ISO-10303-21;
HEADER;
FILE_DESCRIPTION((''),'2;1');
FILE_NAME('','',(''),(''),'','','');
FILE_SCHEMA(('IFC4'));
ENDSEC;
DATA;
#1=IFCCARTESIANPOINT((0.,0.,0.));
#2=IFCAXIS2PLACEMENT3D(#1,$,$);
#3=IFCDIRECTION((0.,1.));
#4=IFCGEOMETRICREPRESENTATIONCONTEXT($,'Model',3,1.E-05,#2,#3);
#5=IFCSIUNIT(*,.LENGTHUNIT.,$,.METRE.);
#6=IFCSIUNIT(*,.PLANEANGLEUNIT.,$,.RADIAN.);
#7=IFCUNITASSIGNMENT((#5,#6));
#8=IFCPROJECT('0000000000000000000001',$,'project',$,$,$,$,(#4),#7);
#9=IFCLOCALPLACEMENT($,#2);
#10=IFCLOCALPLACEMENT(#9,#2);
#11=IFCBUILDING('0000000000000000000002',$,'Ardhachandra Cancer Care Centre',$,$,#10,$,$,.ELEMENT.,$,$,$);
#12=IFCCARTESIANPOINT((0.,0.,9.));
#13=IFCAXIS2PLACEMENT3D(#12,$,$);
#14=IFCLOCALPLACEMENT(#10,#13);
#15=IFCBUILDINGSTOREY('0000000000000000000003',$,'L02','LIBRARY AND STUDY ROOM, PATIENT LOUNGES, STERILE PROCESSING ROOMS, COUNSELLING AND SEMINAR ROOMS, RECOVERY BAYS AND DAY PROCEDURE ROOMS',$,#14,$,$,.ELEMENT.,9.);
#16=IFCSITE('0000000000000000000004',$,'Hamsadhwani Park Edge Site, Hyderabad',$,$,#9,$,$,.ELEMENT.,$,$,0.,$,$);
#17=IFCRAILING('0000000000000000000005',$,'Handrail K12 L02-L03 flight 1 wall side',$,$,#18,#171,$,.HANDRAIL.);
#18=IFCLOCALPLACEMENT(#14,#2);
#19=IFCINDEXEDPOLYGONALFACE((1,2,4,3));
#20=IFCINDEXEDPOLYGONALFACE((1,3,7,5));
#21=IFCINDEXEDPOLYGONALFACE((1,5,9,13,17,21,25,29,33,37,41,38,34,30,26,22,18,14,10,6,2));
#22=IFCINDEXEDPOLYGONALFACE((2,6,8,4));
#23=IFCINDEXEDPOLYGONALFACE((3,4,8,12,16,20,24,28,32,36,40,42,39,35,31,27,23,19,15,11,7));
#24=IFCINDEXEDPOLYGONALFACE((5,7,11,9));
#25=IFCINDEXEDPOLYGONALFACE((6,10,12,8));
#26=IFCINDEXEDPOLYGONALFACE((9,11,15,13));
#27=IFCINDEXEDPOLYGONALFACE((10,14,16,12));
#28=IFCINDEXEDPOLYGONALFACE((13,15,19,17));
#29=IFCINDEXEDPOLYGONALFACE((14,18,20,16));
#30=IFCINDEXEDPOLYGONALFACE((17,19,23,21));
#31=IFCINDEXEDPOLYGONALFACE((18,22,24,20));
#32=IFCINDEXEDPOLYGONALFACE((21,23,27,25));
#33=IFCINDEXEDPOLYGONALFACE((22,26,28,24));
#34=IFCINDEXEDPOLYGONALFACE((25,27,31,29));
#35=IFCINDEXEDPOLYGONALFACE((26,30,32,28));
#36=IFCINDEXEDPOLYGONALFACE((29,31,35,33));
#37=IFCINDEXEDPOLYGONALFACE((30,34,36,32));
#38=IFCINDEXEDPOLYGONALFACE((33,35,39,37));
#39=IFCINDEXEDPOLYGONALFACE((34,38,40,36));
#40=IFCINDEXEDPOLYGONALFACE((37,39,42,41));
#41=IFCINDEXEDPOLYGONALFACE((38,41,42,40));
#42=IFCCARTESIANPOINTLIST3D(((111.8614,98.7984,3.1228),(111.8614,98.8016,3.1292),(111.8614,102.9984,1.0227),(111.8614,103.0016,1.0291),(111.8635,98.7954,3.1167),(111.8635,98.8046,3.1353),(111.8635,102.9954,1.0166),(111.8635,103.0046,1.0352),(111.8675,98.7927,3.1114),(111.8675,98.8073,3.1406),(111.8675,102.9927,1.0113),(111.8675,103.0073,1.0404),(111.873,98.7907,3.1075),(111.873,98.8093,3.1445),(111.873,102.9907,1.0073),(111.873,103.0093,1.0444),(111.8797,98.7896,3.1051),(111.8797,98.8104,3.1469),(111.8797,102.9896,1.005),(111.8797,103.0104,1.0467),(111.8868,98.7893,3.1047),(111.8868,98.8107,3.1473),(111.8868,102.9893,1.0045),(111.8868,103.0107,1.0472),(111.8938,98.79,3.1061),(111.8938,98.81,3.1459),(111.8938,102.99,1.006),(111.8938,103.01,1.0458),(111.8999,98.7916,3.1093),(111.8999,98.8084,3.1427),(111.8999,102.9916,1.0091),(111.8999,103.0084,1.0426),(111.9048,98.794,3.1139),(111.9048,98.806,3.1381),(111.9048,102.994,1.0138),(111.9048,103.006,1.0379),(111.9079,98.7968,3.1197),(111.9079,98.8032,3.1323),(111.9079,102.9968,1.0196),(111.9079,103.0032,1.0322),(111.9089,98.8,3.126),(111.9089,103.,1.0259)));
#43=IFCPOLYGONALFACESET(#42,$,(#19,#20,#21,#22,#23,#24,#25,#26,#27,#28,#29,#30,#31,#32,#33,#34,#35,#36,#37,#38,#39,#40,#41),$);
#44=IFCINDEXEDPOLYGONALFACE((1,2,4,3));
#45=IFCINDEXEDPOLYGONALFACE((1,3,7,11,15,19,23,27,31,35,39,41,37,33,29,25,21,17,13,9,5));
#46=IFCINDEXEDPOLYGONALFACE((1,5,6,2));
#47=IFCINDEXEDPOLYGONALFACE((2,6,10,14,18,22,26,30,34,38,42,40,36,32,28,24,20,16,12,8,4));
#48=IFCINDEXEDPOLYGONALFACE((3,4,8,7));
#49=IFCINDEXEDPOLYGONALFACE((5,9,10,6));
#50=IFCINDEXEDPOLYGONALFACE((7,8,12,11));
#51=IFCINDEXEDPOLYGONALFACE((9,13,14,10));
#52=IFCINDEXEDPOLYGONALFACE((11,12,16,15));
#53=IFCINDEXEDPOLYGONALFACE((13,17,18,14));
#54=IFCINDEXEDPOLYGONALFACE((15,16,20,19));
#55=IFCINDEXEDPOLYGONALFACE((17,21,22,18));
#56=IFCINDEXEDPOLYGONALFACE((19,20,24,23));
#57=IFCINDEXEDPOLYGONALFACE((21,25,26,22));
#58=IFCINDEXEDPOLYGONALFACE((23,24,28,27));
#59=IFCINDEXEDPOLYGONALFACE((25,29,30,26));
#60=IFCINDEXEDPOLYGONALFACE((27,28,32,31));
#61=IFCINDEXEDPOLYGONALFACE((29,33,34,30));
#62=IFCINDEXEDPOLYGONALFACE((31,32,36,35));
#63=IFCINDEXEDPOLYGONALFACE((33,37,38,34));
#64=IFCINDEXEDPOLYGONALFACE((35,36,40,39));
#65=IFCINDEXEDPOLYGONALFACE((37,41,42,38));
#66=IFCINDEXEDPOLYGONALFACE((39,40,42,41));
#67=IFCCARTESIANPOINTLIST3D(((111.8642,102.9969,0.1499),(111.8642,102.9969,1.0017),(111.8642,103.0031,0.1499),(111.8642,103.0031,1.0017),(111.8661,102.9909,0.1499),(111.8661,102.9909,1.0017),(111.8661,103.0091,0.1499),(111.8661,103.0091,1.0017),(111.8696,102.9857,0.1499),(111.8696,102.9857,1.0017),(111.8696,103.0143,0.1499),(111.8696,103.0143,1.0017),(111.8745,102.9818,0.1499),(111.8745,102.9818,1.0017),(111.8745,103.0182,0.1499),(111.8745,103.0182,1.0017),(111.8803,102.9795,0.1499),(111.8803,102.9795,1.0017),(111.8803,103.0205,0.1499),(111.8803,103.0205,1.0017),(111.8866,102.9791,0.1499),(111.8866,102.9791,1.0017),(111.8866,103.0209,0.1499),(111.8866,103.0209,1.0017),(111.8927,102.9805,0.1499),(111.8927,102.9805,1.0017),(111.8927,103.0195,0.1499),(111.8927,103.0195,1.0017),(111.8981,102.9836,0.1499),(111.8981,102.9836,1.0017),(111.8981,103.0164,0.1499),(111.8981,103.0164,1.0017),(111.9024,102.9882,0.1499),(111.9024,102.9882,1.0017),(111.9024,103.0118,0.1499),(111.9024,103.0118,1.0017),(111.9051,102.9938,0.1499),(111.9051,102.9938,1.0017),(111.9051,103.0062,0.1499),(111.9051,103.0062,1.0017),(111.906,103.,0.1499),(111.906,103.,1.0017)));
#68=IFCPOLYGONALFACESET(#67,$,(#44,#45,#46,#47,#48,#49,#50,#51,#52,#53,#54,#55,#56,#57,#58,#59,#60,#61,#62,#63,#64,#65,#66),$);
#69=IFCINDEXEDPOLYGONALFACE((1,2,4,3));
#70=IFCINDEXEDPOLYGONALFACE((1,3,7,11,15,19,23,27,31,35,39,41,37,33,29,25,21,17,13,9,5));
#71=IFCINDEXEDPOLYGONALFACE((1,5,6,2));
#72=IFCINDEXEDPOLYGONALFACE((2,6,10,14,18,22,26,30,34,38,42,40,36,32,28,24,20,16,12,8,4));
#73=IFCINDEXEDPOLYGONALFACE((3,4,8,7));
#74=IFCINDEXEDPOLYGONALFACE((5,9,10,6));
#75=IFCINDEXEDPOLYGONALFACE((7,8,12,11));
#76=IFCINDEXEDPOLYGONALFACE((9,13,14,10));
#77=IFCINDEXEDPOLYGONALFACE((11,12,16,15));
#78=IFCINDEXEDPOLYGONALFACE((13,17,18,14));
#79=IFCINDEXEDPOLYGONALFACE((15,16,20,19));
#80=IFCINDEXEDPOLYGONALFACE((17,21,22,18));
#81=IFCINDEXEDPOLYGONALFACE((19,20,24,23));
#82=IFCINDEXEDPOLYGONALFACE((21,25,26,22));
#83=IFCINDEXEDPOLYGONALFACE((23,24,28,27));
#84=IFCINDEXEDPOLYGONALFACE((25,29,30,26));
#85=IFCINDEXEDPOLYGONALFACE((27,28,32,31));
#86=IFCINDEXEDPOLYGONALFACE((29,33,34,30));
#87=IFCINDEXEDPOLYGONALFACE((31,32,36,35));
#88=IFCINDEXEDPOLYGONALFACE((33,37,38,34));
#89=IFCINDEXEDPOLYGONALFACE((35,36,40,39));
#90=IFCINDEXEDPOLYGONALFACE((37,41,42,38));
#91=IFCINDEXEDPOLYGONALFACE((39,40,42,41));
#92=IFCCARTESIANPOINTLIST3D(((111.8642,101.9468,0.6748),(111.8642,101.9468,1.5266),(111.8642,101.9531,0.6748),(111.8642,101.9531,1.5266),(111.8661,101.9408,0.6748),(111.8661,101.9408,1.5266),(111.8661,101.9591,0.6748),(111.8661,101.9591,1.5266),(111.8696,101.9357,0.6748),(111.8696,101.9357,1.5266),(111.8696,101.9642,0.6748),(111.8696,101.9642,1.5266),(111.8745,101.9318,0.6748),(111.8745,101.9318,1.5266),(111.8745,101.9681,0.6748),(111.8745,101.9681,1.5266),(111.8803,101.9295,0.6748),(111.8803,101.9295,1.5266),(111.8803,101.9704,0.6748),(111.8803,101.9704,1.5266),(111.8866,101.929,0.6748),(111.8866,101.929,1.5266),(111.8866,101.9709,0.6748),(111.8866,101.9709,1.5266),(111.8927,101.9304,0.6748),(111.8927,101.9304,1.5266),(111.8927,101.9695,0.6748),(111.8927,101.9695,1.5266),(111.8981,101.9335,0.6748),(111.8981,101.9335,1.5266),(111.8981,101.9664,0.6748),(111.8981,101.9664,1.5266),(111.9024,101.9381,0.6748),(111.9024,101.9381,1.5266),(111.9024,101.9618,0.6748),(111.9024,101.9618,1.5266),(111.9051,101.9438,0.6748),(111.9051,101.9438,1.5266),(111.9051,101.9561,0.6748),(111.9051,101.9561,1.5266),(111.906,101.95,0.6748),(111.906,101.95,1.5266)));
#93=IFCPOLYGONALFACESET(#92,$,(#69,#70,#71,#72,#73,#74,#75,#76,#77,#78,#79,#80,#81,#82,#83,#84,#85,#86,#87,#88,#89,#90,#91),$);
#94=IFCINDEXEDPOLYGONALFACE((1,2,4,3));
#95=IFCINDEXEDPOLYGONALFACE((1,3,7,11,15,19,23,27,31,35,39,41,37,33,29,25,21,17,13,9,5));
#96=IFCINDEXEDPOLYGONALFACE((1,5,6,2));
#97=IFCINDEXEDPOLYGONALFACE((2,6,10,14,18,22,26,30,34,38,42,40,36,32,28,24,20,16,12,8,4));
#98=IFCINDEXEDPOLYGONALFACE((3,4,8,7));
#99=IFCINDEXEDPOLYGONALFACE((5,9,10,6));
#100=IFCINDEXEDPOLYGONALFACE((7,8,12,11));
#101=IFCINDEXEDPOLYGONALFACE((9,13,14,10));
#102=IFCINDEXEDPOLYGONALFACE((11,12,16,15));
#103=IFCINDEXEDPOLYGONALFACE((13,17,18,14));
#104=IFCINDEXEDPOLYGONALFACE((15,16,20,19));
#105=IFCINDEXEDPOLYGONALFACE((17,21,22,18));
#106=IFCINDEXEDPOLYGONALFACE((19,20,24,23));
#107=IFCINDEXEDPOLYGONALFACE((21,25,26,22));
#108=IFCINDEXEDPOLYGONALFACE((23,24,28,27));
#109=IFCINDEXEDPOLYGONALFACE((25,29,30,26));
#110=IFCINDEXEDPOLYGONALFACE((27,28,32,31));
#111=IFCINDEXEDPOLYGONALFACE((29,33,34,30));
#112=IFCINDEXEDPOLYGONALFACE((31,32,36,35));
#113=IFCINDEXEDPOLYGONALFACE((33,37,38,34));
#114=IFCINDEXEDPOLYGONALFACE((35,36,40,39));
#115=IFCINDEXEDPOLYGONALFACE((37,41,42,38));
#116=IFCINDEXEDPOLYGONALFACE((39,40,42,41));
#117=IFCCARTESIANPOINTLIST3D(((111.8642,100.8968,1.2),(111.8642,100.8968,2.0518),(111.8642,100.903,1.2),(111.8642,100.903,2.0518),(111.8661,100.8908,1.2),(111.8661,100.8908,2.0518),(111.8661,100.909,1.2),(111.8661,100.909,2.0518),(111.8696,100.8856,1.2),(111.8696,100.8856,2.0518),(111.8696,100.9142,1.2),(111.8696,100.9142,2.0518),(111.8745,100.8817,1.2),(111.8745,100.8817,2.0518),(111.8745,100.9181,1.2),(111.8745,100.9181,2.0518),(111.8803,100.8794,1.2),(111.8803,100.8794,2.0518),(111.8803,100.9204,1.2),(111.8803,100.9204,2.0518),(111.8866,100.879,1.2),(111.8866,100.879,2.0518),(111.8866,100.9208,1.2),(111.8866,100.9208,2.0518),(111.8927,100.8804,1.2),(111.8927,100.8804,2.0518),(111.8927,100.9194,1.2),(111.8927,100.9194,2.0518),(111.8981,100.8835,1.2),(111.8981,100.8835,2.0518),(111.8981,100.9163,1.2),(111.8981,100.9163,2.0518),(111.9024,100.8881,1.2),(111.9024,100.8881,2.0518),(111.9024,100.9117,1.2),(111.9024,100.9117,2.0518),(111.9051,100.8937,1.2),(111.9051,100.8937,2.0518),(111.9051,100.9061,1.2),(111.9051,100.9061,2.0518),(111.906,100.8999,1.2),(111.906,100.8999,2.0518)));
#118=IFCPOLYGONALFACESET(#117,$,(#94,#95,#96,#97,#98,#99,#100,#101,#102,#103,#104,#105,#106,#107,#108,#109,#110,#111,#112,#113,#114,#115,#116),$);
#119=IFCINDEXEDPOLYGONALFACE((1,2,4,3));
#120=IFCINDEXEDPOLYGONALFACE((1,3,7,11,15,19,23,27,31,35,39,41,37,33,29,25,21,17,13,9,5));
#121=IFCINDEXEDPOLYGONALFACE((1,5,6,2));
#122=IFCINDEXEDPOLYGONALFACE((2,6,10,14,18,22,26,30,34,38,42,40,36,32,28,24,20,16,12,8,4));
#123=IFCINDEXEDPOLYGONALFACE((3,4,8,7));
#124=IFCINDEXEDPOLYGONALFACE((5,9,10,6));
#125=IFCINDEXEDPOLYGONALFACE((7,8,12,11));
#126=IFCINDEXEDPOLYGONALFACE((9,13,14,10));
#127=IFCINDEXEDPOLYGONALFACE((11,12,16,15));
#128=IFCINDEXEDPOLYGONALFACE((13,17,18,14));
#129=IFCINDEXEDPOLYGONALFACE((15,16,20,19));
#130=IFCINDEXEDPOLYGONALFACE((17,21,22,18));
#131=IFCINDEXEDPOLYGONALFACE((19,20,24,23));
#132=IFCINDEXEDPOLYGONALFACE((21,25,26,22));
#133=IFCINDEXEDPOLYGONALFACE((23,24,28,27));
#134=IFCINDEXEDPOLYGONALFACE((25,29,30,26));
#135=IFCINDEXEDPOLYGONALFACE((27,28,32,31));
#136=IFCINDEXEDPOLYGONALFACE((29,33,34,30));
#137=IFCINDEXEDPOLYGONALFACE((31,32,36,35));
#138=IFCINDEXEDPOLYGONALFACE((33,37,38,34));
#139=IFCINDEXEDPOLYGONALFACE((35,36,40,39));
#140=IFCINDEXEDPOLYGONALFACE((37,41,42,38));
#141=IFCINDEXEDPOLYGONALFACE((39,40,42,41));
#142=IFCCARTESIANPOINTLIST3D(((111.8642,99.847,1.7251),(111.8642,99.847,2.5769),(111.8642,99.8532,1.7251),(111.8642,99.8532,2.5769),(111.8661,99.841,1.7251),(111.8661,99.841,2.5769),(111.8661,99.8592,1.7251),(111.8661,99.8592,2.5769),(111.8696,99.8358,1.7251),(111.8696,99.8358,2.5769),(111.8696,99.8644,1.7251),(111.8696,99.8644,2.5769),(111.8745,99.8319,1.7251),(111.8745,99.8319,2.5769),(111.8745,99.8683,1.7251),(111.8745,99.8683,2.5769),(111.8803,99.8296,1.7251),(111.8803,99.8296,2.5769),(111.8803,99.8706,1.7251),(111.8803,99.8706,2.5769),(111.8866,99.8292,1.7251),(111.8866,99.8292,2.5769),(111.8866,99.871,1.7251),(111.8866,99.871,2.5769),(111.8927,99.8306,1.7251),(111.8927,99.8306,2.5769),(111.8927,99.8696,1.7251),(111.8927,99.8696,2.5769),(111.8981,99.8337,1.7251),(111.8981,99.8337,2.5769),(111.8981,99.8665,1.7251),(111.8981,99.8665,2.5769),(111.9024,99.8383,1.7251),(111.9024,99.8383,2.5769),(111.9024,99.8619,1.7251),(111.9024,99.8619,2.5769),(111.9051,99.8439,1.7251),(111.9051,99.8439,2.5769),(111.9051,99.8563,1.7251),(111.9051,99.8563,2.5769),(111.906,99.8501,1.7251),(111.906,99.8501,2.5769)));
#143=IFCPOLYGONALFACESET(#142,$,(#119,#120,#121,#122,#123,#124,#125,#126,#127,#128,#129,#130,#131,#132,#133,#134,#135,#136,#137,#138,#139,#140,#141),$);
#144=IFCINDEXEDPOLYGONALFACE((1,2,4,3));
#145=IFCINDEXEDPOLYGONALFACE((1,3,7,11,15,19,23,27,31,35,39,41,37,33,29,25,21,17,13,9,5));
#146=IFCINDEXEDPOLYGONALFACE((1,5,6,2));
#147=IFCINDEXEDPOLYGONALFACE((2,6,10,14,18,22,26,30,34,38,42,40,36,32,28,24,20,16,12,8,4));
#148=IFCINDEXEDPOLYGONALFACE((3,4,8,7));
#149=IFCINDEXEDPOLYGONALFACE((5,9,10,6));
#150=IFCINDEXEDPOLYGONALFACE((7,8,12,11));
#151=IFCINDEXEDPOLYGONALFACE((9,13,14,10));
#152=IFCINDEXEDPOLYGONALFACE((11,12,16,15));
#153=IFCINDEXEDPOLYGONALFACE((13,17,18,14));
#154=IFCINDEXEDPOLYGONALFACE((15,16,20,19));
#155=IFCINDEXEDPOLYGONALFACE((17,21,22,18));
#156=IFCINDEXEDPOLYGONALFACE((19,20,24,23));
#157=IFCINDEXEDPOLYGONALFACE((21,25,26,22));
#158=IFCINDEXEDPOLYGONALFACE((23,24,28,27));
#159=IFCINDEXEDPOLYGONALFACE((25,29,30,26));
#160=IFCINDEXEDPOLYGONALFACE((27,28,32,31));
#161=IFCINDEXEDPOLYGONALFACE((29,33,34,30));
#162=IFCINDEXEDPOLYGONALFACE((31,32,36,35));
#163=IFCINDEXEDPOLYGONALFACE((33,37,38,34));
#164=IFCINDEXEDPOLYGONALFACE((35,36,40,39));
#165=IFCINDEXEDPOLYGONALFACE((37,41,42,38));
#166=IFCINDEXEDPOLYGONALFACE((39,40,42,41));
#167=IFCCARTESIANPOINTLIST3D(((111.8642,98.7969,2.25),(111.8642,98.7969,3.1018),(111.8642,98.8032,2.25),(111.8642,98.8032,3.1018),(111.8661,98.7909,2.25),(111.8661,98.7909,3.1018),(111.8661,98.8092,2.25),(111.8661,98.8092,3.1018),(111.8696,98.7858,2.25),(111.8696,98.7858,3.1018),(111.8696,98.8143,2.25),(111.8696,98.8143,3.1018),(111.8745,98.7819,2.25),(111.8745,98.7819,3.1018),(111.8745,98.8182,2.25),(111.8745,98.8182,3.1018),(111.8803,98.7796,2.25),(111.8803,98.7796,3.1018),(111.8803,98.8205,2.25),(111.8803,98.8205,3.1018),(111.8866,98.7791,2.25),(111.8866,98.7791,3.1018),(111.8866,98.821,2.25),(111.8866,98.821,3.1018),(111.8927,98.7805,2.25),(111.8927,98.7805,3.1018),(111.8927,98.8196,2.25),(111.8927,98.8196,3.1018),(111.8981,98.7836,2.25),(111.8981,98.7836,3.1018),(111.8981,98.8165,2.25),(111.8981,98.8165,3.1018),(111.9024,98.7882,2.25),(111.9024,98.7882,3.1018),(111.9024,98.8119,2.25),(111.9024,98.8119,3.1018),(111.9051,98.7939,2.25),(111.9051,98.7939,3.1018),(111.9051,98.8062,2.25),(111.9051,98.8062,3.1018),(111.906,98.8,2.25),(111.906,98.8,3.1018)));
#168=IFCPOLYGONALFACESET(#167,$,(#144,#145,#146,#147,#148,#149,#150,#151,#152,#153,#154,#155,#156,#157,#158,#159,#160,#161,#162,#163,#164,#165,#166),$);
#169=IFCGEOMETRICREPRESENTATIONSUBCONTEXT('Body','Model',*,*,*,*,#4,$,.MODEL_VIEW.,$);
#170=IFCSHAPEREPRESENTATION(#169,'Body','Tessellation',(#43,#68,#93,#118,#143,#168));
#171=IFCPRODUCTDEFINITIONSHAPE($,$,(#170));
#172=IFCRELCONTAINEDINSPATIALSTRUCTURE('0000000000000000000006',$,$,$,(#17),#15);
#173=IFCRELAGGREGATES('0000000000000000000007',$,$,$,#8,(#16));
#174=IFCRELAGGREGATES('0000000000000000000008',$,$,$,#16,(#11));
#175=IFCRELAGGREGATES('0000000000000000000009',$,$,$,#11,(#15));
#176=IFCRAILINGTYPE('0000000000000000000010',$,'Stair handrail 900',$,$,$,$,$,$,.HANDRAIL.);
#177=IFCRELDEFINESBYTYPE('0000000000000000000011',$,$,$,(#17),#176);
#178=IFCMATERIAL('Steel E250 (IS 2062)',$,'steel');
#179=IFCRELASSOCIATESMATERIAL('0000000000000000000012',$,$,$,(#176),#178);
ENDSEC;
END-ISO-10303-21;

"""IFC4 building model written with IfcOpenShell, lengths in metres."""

from ifc_helpers import new_model, si_unit, direction, frame, origin, origin_2d, place, context, subcontext, project, spatial, circle, extrude, material, type_object, element, save


model = new_model("IFC4")

# Units and contexts
model_context = context("Model", 3, precision=1e-05, world=origin(), true_north=direction((0.0, 1.0)))
body_context = subcontext(model_context, "Body", "Model", "MODEL_VIEW")
ifc_project = project(units=[si_unit("LENGTHUNIT", "METRE"), si_unit("PLANEANGLEUNIT", "RADIAN")], contexts=[model_context])

# Site, building, storey
site_placement = place(None, origin())
site = spatial("IfcSite", under=ifc_project, at=site_placement, Name="Hamsadhwani Park Edge Site, Hyderabad", CompositionType="ELEMENT", RefElevation=0.0)
building_placement = place(site_placement, origin())
building = spatial("IfcBuilding", under=site, at=building_placement, Name="Ardhachandra Cancer Care Centre", CompositionType="ELEMENT")
storey_placement = place(building_placement, frame((0.0, 0.0, 9.0)))
storey = spatial("IfcBuildingStorey", under=building, at=storey_placement, Name="L02", Description="LIBRARY AND STUDY ROOM, PATIENT LOUNGES, STERILE PROCESSING ROOMS, COUNSELLING AND SEMINAR ROOMS, RECOVERY BAYS AND DAY PROCEDURE ROOMS", CompositionType="ELEMENT", Elevation=9.0)

# Railing
ifc_material_1 = material(Name="Steel E250 (IS 2062)", Category="steel")
railing_type_1 = type_object("IfcRailingType", Name="Stair handrail 900", PredefinedType="HANDRAIL", material=ifc_material_1)
for number, where, name in (
    (1, (111.885, 103.0, 0.1499), "Handrail K12 L02-L03 flight 1 wall side"),
):
    element("IfcRailing", number, at=place(storey_placement, frame(where)), inside=storey, type_object=railing_type_1, Name=name, PredefinedType="HANDRAIL", context=body_context, shape_type="SweptSolid", body=[
        extrude(circle(Radius=0.0239, at=origin_2d()), frame((0.0, 0.0, 0.876), z_axis=(0.0, -0.894417, 0.447234), x_axis=(1.0, 0.0, 0.0)), (0.0, 0.0, 1.0), 4.6958),
        extrude(circle(Radius=0.021, at=origin_2d()), origin(), (0.0, 0.0, 1.0), 0.8518),
        extrude(circle(Radius=0.021, at=origin_2d()), frame((0.0, -1.05, 0.5249)), (0.0, 0.0, 1.0), 0.8518),
        extrude(circle(Radius=0.021, at=origin_2d()), frame((0.0, -2.1001, 1.05)), (0.0, 0.0, 1.0), 0.8518),
        extrude(circle(Radius=0.021, at=origin_2d()), frame((0.0, -3.1499, 1.5752)), (0.0, 0.0, 1.0), 0.8518),
        extrude(circle(Radius=0.021, at=origin_2d()), frame((0.0, -4.2, 2.1001)), (0.0, 0.0, 1.0), 0.8518),
    ])

save(model, "model.ifc")
